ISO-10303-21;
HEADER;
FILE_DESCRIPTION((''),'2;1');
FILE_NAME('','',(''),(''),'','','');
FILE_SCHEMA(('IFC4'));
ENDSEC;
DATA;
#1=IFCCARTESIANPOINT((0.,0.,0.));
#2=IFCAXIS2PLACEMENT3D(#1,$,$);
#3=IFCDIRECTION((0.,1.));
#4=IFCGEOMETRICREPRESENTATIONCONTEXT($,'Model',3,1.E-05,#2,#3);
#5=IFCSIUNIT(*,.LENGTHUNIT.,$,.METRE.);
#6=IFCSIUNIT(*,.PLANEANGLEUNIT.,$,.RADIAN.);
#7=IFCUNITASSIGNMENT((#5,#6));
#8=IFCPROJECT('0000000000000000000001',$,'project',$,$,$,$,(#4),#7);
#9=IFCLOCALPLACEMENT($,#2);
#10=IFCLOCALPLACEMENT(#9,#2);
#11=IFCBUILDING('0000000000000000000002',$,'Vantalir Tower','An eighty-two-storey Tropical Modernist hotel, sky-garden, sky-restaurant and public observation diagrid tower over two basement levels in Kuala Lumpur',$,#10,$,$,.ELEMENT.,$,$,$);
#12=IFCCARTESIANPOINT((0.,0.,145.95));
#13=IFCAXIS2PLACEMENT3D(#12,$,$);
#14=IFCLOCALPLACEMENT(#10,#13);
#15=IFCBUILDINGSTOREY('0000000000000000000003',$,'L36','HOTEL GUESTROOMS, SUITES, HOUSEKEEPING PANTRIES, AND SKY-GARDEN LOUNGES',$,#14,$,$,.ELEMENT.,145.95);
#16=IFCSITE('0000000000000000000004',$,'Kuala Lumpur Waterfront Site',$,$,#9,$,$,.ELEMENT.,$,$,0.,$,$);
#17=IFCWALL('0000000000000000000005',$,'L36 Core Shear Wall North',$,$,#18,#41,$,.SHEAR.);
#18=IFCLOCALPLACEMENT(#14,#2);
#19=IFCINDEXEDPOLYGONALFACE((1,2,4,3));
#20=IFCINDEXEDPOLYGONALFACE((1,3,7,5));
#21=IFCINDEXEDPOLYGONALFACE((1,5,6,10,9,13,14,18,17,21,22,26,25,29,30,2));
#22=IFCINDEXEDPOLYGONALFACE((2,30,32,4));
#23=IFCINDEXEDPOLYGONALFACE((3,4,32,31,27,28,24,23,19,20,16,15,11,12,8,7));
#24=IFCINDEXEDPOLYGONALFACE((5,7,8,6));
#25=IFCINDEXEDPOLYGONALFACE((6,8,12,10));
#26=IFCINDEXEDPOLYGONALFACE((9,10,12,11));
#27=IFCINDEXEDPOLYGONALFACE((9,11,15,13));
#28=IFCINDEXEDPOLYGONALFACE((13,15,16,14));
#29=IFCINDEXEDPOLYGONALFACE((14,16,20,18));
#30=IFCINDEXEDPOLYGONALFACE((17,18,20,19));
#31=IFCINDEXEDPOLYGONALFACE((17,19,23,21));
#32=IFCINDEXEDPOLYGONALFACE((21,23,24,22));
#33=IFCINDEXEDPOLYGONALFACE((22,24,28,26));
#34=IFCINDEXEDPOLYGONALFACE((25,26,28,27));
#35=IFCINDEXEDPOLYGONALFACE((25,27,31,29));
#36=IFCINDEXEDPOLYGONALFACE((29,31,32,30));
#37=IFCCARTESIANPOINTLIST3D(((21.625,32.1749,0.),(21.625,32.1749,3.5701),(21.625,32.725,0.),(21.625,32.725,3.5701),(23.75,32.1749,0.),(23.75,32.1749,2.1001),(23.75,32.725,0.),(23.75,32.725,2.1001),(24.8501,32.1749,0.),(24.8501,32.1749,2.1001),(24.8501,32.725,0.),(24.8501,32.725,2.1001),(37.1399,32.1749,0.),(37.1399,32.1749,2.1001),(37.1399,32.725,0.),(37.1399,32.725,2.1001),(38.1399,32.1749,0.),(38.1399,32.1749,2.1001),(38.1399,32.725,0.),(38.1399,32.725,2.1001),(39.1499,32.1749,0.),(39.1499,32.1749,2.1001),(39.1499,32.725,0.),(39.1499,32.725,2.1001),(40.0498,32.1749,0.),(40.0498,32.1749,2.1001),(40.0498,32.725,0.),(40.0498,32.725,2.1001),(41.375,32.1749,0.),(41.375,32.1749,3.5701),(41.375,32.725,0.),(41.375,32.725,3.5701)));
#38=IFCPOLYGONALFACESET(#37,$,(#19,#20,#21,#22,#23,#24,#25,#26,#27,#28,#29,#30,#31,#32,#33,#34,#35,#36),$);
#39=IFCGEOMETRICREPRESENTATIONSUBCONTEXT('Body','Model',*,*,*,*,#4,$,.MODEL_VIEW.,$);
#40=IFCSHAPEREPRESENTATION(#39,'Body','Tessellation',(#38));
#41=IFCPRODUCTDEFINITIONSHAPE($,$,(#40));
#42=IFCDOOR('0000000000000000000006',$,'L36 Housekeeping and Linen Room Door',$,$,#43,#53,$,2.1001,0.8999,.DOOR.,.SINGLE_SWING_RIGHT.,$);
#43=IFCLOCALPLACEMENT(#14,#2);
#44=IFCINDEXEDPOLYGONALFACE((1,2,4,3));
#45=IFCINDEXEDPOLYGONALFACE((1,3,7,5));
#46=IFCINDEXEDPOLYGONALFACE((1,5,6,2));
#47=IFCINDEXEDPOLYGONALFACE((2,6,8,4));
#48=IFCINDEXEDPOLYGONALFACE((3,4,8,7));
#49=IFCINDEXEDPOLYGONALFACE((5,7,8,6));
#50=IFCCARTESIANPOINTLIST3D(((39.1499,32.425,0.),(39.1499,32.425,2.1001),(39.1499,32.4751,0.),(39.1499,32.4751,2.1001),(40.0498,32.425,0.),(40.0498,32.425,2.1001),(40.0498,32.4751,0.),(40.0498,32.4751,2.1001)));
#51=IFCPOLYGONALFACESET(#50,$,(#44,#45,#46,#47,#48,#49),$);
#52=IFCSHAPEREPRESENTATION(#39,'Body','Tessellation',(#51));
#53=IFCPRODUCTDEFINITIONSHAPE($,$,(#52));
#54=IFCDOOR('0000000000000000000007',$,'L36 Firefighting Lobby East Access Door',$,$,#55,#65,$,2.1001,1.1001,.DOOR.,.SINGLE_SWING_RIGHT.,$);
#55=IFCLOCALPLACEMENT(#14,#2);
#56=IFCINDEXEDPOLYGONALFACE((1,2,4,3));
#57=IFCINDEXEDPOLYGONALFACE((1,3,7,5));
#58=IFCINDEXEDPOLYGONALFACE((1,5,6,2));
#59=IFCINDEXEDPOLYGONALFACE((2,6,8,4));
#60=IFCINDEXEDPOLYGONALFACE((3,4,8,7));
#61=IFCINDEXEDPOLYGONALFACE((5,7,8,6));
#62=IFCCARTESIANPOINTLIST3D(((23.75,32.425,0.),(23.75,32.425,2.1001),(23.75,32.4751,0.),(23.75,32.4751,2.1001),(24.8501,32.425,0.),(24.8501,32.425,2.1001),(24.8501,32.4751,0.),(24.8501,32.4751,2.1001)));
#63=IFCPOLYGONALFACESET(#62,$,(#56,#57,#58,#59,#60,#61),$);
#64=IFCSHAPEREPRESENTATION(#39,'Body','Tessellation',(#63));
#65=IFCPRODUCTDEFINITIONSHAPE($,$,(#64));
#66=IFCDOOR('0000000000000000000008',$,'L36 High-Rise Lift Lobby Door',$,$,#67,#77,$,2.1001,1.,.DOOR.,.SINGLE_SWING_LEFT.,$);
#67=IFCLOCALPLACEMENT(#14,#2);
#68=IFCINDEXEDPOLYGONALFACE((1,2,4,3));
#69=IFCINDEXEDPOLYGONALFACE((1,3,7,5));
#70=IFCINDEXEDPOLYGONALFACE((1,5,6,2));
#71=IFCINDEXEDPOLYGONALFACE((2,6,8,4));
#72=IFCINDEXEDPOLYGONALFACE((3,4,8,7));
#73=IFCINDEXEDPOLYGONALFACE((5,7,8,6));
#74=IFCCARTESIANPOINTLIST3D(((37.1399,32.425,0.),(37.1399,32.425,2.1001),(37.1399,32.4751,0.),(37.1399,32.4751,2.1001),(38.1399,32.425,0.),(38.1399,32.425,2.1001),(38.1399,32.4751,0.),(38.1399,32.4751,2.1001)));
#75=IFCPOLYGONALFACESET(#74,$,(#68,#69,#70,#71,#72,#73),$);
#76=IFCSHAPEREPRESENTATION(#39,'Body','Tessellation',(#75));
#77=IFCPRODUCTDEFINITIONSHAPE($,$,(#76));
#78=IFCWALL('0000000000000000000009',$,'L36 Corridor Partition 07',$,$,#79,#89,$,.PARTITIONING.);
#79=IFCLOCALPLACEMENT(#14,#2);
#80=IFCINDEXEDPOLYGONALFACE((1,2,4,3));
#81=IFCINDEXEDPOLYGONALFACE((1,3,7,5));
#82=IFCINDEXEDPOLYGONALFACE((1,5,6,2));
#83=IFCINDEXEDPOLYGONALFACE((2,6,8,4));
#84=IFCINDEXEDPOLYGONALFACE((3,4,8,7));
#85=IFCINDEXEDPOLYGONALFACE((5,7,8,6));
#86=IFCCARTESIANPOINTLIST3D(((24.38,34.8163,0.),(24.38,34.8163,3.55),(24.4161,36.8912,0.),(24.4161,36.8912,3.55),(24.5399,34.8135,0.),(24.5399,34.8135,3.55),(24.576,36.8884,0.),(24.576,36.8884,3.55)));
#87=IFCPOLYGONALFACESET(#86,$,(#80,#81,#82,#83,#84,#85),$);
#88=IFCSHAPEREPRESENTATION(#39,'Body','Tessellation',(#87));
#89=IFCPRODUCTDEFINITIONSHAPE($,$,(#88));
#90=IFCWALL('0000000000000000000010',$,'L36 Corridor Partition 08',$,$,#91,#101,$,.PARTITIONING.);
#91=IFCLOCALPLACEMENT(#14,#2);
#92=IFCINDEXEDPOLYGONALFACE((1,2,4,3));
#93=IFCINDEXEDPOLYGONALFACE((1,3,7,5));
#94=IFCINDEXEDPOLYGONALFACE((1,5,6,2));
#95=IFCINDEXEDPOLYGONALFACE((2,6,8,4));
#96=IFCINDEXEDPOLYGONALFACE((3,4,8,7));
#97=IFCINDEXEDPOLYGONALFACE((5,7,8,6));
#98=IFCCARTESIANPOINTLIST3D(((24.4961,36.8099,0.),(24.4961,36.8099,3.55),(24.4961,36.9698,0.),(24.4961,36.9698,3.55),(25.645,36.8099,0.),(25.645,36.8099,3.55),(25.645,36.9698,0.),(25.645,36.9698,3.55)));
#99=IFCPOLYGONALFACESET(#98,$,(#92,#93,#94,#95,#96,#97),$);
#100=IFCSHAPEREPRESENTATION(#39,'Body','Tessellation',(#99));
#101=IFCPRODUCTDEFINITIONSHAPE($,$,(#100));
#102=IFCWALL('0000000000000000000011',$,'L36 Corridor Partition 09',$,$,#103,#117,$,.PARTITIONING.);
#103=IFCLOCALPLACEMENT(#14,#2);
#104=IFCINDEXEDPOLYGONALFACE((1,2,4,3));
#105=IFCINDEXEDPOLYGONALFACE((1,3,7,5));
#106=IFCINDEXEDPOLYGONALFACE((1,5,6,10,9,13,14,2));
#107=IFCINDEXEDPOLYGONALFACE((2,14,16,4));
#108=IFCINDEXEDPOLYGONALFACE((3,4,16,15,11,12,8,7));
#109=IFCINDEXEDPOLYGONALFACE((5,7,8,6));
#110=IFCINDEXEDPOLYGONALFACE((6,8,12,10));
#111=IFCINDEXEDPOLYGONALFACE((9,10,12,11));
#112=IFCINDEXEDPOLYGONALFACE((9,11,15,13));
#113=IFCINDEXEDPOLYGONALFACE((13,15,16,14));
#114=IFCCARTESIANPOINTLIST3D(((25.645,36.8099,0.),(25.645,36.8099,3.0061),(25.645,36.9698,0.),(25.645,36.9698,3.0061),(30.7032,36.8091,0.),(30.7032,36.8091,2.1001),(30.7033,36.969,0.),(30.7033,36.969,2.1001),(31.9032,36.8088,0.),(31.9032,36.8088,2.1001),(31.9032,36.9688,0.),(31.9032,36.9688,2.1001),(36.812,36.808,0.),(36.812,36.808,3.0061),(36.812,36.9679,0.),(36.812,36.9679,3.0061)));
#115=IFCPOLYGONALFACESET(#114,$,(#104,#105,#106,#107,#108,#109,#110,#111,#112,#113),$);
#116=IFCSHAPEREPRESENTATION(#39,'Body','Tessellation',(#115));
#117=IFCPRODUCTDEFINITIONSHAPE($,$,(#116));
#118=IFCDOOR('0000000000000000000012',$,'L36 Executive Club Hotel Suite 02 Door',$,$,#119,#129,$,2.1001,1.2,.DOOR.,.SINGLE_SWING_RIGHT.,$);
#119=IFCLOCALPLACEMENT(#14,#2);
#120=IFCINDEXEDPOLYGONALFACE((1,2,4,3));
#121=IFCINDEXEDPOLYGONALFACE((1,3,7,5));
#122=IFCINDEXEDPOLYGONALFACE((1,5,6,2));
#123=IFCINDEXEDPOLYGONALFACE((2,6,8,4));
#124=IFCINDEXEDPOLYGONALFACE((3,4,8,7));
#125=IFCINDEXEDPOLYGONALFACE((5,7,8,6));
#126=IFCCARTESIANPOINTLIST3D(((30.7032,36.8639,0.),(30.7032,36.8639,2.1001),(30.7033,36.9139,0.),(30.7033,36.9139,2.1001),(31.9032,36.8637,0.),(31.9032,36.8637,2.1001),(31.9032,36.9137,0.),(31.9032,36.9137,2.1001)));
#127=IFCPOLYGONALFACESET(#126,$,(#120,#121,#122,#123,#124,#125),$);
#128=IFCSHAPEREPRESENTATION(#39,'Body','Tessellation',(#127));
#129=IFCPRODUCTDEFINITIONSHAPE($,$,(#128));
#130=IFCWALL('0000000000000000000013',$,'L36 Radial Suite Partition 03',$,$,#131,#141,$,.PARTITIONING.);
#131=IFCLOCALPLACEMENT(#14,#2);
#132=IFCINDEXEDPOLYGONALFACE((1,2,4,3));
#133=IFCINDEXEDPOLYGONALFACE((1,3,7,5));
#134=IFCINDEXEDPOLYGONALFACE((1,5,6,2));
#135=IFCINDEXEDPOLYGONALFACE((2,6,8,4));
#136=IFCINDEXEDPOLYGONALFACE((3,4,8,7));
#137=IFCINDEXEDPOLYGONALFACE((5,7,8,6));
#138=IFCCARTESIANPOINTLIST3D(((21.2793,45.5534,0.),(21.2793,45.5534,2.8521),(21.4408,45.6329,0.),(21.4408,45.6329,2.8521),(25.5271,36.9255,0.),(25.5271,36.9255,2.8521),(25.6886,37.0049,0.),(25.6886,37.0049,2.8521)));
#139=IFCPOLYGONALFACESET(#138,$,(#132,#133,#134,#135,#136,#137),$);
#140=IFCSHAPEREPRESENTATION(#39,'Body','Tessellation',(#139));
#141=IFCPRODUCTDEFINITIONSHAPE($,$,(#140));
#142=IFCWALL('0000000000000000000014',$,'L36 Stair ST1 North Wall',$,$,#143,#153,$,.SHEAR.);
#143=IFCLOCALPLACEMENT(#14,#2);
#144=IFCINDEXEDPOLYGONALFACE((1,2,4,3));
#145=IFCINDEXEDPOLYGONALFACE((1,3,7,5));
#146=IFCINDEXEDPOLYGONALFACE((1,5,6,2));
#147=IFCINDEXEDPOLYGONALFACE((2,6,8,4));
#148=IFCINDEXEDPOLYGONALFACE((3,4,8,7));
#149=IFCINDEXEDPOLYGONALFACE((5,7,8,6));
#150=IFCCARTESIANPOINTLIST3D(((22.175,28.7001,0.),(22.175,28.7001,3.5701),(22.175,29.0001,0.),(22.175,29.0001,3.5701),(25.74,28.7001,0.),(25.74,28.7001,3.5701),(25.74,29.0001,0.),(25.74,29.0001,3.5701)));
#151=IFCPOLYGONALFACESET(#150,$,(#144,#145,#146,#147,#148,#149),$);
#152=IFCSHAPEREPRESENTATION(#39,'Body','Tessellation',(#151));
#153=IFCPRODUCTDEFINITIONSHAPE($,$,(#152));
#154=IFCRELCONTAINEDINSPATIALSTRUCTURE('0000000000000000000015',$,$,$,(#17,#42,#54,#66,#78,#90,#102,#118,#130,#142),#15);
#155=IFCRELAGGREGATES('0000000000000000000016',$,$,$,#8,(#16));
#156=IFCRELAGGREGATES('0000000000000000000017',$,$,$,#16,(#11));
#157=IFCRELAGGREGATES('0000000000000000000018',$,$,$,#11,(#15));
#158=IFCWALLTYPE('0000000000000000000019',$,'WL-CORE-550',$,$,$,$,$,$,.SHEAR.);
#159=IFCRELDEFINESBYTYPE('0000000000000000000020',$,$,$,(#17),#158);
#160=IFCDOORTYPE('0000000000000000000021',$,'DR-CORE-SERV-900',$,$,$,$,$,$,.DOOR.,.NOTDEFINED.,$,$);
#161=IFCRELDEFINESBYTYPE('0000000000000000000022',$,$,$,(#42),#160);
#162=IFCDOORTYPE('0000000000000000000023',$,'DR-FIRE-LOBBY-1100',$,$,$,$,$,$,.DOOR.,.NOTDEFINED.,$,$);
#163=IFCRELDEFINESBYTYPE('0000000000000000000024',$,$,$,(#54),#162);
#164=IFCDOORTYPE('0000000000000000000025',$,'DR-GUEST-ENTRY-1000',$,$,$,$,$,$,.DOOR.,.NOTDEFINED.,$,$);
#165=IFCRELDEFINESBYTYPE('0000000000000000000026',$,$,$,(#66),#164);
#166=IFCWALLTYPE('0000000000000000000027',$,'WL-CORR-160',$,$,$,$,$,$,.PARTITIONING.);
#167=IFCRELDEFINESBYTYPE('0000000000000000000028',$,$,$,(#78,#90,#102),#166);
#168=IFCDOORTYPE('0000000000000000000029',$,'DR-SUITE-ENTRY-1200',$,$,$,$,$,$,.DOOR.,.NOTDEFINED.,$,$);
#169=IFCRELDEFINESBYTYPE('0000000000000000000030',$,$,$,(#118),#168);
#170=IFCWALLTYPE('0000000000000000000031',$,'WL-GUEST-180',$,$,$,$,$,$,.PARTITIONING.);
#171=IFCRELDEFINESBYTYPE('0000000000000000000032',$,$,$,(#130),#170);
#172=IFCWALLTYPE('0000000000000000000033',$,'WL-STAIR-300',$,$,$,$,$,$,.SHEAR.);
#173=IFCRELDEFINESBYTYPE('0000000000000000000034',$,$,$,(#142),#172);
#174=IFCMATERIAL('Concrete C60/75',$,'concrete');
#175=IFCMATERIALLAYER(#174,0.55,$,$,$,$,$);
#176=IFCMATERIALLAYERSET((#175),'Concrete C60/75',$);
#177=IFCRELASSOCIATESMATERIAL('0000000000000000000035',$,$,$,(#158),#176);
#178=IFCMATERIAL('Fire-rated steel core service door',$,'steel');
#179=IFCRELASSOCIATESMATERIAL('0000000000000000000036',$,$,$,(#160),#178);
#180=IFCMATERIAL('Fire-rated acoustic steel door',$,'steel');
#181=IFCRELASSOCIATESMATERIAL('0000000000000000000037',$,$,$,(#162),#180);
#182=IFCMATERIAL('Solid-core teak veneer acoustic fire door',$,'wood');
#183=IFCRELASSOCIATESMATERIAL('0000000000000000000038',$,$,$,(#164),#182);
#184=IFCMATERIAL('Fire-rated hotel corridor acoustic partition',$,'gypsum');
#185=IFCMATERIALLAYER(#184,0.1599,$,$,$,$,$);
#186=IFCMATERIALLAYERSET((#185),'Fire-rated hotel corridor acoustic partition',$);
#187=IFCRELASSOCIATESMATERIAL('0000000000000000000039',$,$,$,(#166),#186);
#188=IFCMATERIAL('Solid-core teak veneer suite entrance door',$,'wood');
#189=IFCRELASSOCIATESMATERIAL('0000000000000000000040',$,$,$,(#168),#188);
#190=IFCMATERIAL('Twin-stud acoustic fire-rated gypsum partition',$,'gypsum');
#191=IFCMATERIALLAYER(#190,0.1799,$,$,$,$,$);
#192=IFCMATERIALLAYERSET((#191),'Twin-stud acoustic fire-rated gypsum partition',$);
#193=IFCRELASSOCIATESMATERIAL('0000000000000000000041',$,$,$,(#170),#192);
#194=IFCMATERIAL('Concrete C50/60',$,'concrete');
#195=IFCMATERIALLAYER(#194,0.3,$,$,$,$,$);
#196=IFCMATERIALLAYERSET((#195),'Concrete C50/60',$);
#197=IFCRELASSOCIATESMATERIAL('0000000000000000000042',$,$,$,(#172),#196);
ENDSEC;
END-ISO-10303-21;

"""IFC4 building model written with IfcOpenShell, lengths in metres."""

from ifc_helpers import new_model, si_unit, direction, frame, frame_2d, origin, place, context, subcontext, project, spatial, rectangle, extrude, material, layer, layer_set, type_object, element, fill, save


model = new_model("IFC4")

# Units and contexts
model_context = context("Model", 3, precision=1e-05, world=origin(), true_north=direction((0.0, 1.0)))
body_context = subcontext(model_context, "Body", "Model", "MODEL_VIEW")
ifc_project = project(units=[si_unit("LENGTHUNIT", "METRE"), si_unit("PLANEANGLEUNIT", "RADIAN")], contexts=[model_context])

# Site, building, storey
site_placement = place(None, origin())
site = spatial("IfcSite", under=ifc_project, at=site_placement, Name="Kuala Lumpur Waterfront Site", CompositionType="ELEMENT", RefElevation=0.0)
building_placement = place(site_placement, origin())
building = spatial("IfcBuilding", under=site, at=building_placement, Name="Vantalir Tower", Description="An eighty-two-storey Tropical Modernist hotel, sky-garden, sky-restaurant and public observation diagrid tower over two basement levels in Kuala Lumpur", CompositionType="ELEMENT")
storey_placement = place(building_placement, frame((0.0, 0.0, 145.95)))
storey = spatial("IfcBuildingStorey", under=building, at=storey_placement, Name="L36", Description="HOTEL GUESTROOMS, SUITES, HOUSEKEEPING PANTRIES, AND SKY-GARDEN LOUNGES", CompositionType="ELEMENT", Elevation=145.95)

# Shared definitions
ifc_material_1 = material(Name="Concrete C60/75", Category="concrete")

# Wall, openings, doors
ifc_layer_1 = layer(ifc_material_1, 0.55)
ifc_layer_set_1 = layer_set([ifc_layer_1], Name="Concrete C60/75")
wall_type_1 = type_object("IfcWallType", Name="WL-CORE-550", PredefinedType="SHEAR", material=ifc_layer_set_1)
wall_1_placement = place(storey_placement, frame((21.625, 32.45, 0.0), z_axis=(0.0, 0.0, 1.0), x_axis=(1.0, 0.0, 0.0)))
wall_1 = element("IfcWall", 1, at=wall_1_placement, inside=storey, type_object=wall_type_1, Name="L36 Core Shear Wall North", PredefinedType="SHEAR", context=body_context, shape_type="SweptSolid", body=[
    extrude(rectangle(XDim=19.75, YDim=0.55, at=frame_2d((9.875, 0.0))), origin(), (0.0, 0.0, 1.0), 3.5701),
])
opening_1_placement = place(wall_1_placement, frame((2.125, 0.0, 0.0)))
opening_1 = element("IfcOpeningElement", 2, at=opening_1_placement, cuts=wall_1, PredefinedType="OPENING", context=body_context, shape_type="SweptSolid", body=[
    extrude(rectangle(XDim=1.1001, YDim=2.1001, at=frame_2d((0.55, 1.05))), frame((0.0, 0.2849, 0.0), z_axis=(0.0, -1.0, 0.0), x_axis=(1.0, 0.0, 0.0)), (0.0, 0.0, 1.0), 0.5701),
])
opening_2_placement = place(wall_1_placement, frame((15.5149, 0.0, 0.0)))
opening_2 = element("IfcOpeningElement", 3, at=opening_2_placement, cuts=wall_1, PredefinedType="OPENING", context=body_context, shape_type="SweptSolid", body=[
    extrude(rectangle(XDim=1.0, YDim=2.1001, at=frame_2d((0.5, 1.05))), frame((0.0, 0.2849, 0.0), z_axis=(0.0, -1.0, 0.0), x_axis=(1.0, 0.0, 0.0)), (0.0, 0.0, 1.0), 0.5701),
])
opening_3_placement = place(wall_1_placement, frame((17.5249, 0.0, 0.0)))
opening_3 = element("IfcOpeningElement", 4, at=opening_3_placement, cuts=wall_1, PredefinedType="OPENING", context=body_context, shape_type="SweptSolid", body=[
    extrude(rectangle(XDim=0.8999, YDim=2.1001, at=frame_2d((0.45, 1.05))), frame((0.0, 0.2849, 0.0), z_axis=(0.0, -1.0, 0.0), x_axis=(1.0, 0.0, 0.0)), (0.0, 0.0, 1.0), 0.5701),
])
ifc_material_2 = material(Name="Fire-rated steel core service door", Category="steel")
door_type_1 = type_object("IfcDoorType", Name="DR-CORE-SERV-900", OperationType="NOTDEFINED", PredefinedType="DOOR", material=ifc_material_2)
door_1_placement = place(opening_3_placement, frame((0.8999, 0.0, 0.0), z_axis=(0.0, 0.0, 1.0), x_axis=(-1.0, 0.0, 0.0)))
door_1 = element("IfcDoor", 5, at=door_1_placement, inside=storey, type_object=door_type_1, Name="L36 Housekeeping and Linen Room Door", OperationType="SINGLE_SWING_RIGHT", OverallHeight=2.1001, OverallWidth=0.8999, PredefinedType="DOOR", context=body_context, shape_type="SweptSolid", body=[
    extrude(rectangle(XDim=0.8999, YDim=2.1001, at=frame_2d((0.45, 1.05))), frame((0.0, 0.0249, 0.0), z_axis=(0.0, -1.0, 0.0), x_axis=(1.0, 0.0, 0.0)), (0.0, 0.0, 1.0), 0.05),
])
fill(opening_3, door_1)
ifc_material_3 = material(Name="Fire-rated acoustic steel door", Category="steel")
door_type_2 = type_object("IfcDoorType", Name="DR-FIRE-LOBBY-1100", OperationType="NOTDEFINED", PredefinedType="DOOR", material=ifc_material_3)
door_2_placement = place(opening_1_placement, frame((1.1001, 0.0, 0.0), z_axis=(0.0, 0.0, 1.0), x_axis=(-1.0, 0.0, 0.0)))
door_2 = element("IfcDoor", 6, at=door_2_placement, inside=storey, type_object=door_type_2, Name="L36 Firefighting Lobby East Access Door", OperationType="SINGLE_SWING_RIGHT", OverallHeight=2.1001, OverallWidth=1.1001, PredefinedType="DOOR", context=body_context, shape_type="SweptSolid", body=[
    extrude(rectangle(XDim=1.1001, YDim=2.1001, at=frame_2d((0.55, 1.05))), frame((0.0, 0.0249, 0.0), z_axis=(0.0, -1.0, 0.0), x_axis=(1.0, 0.0, 0.0)), (0.0, 0.0, 1.0), 0.05),
])
fill(opening_1, door_2)
ifc_material_4 = material(Name="Solid-core teak veneer acoustic fire door", Category="wood")
door_type_3 = type_object("IfcDoorType", Name="DR-GUEST-ENTRY-1000", OperationType="NOTDEFINED", PredefinedType="DOOR", material=ifc_material_4)
door_3_placement = place(opening_2_placement, frame((1.0, 0.0, 0.0), z_axis=(0.0, 0.0, 1.0), x_axis=(-1.0, 0.0, 0.0)))
door_3 = element("IfcDoor", 7, at=door_3_placement, inside=storey, type_object=door_type_3, Name="L36 High-Rise Lift Lobby Door", OperationType="SINGLE_SWING_LEFT", OverallHeight=2.1001, OverallWidth=1.0, PredefinedType="DOOR", context=body_context, shape_type="SweptSolid", body=[
    extrude(rectangle(XDim=1.0, YDim=2.1001, at=frame_2d((0.5, 1.05))), frame((0.0, 0.0249, 0.0), z_axis=(0.0, -1.0, 0.0), x_axis=(1.0, 0.0, 0.0)), (0.0, 0.0, 1.0), 0.05),
])
fill(opening_2, door_3)

# Walls
ifc_material_5 = material(Name="Fire-rated hotel corridor acoustic partition", Category="gypsum")
ifc_layer_2 = layer(ifc_material_5, 0.1599)
ifc_layer_set_2 = layer_set([ifc_layer_2], Name="Fire-rated hotel corridor acoustic partition")
wall_type_2 = type_object("IfcWallType", Name="WL-CORR-160", PredefinedType="PARTITIONING", material=ifc_layer_set_2)
wall_2_placement = place(storey_placement, frame((24.46, 34.8149, 0.0), z_axis=(0.0, 0.0, 1.0), x_axis=(0.017411, 0.999848, 0.0)))
element("IfcWall", 8, at=wall_2_placement, inside=storey, type_object=wall_type_2, Name="L36 Corridor Partition 07", PredefinedType="PARTITIONING", context=body_context, shape_type="SweptSolid", body=[
    extrude(rectangle(XDim=2.0752, YDim=0.1599, at=frame_2d((1.0376, 0.0))), origin(), (0.0, 0.0, 1.0), 3.55),
])
wall_3_placement = place(storey_placement, frame((24.4961, 36.8899, 0.0), z_axis=(0.0, 0.0, 1.0), x_axis=(1.0, 0.0, 0.0)))
element("IfcWall", 9, at=wall_3_placement, inside=storey, type_object=wall_type_2, Name="L36 Corridor Partition 08", PredefinedType="PARTITIONING", context=body_context, shape_type="SweptSolid", body=[
    extrude(rectangle(XDim=1.1489, YDim=0.1599, at=frame_2d((0.5745, 0.0))), origin(), (0.0, 0.0, 1.0), 3.55),
])

# Wall, opening, door
wall_4_placement = place(storey_placement, frame((25.645, 36.8899, 0.0), z_axis=(0.0, 0.0, 1.0), x_axis=(1.0, -0.000175, 0.0)))
wall_4 = element("IfcWall", 10, at=wall_4_placement, inside=storey, type_object=wall_type_2, Name="L36 Corridor Partition 09", PredefinedType="PARTITIONING", context=body_context, shape_type="SweptSolid", body=[
    extrude(rectangle(XDim=11.167, YDim=0.1599, at=frame_2d((5.5835, 0.0))), origin(), (0.0, 0.0, 1.0), 3.0061),
])
opening_4_placement = place(wall_4_placement, frame((5.0581, 0.0, 0.0)))
opening_4 = element("IfcOpeningElement", 11, at=opening_4_placement, cuts=wall_4, PredefinedType="OPENING", context=body_context, shape_type="SweptSolid", body=[
    extrude(rectangle(XDim=1.2, YDim=2.1001, at=frame_2d((0.6001, 1.05))), frame((0.0, 0.0898, 0.0), z_axis=(0.0, -1.0, 0.0), x_axis=(1.0, 0.0, 0.0)), (0.0, 0.0, 1.0), 0.1799),
])
ifc_material_6 = material(Name="Solid-core teak veneer suite entrance door", Category="wood")
door_type_4 = type_object("IfcDoorType", Name="DR-SUITE-ENTRY-1200", OperationType="NOTDEFINED", PredefinedType="DOOR", material=ifc_material_6)
door_4_placement = place(opening_4_placement, origin())
door_4 = element("IfcDoor", 12, at=door_4_placement, inside=storey, type_object=door_type_4, Name="L36 Executive Club Hotel Suite 02 Door", OperationType="SINGLE_SWING_RIGHT", OverallHeight=2.1001, OverallWidth=1.2, PredefinedType="DOOR", context=body_context, shape_type="SweptSolid", body=[
    extrude(rectangle(XDim=1.2, YDim=2.1001, at=frame_2d((0.6001, 1.05))), frame((0.0, 0.0249, 0.0), z_axis=(0.0, -1.0, 0.0), x_axis=(1.0, 0.0, 0.0)), (0.0, 0.0, 1.0), 0.05),
])
fill(opening_4, door_4)

# Walls
ifc_material_7 = material(Name="Twin-stud acoustic fire-rated gypsum partition", Category="gypsum")
ifc_layer_3 = layer(ifc_material_7, 0.1799)
ifc_layer_set_3 = layer_set([ifc_layer_3], Name="Twin-stud acoustic fire-rated gypsum partition")
wall_type_3 = type_object("IfcWallType", Name="WL-GUEST-180", PredefinedType="PARTITIONING", material=ifc_layer_set_3)
wall_5_placement = place(storey_placement, frame((25.6079, 36.9651, 0.0), z_axis=(0.0, 0.0, 1.0), x_axis=(-0.441701, 0.897162, 0.0)))
element("IfcWall", 13, at=wall_5_placement, inside=storey, type_object=wall_type_3, Name="L36 Radial Suite Partition 03", PredefinedType="PARTITIONING", context=body_context, shape_type="SweptSolid", body=[
    extrude(rectangle(XDim=9.6169, YDim=0.1799, at=frame_2d((4.8086, 0.0))), origin(), (0.0, 0.0, 1.0), 2.8521),
])
ifc_material_8 = material(Name="Concrete C50/60", Category="concrete")
ifc_layer_4 = layer(ifc_material_8, 0.3)
ifc_layer_set_4 = layer_set([ifc_layer_4], Name="Concrete C50/60")
wall_type_4 = type_object("IfcWallType", Name="WL-STAIR-300", PredefinedType="SHEAR", material=ifc_layer_set_4)
wall_6_placement = place(storey_placement, frame((22.175, 28.8501, 0.0), z_axis=(0.0, 0.0, 1.0), x_axis=(1.0, 0.0, 0.0)))
element("IfcWall", 14, at=wall_6_placement, inside=storey, type_object=wall_type_4, Name="L36 Stair ST1 North Wall", PredefinedType="SHEAR", context=body_context, shape_type="SweptSolid", body=[
    extrude(rectangle(XDim=3.5649, YDim=0.3, at=frame_2d((1.7825, 0.0))), origin(), (0.0, 0.0, 1.0), 3.5701),
])

save(model, "model.ifc")
